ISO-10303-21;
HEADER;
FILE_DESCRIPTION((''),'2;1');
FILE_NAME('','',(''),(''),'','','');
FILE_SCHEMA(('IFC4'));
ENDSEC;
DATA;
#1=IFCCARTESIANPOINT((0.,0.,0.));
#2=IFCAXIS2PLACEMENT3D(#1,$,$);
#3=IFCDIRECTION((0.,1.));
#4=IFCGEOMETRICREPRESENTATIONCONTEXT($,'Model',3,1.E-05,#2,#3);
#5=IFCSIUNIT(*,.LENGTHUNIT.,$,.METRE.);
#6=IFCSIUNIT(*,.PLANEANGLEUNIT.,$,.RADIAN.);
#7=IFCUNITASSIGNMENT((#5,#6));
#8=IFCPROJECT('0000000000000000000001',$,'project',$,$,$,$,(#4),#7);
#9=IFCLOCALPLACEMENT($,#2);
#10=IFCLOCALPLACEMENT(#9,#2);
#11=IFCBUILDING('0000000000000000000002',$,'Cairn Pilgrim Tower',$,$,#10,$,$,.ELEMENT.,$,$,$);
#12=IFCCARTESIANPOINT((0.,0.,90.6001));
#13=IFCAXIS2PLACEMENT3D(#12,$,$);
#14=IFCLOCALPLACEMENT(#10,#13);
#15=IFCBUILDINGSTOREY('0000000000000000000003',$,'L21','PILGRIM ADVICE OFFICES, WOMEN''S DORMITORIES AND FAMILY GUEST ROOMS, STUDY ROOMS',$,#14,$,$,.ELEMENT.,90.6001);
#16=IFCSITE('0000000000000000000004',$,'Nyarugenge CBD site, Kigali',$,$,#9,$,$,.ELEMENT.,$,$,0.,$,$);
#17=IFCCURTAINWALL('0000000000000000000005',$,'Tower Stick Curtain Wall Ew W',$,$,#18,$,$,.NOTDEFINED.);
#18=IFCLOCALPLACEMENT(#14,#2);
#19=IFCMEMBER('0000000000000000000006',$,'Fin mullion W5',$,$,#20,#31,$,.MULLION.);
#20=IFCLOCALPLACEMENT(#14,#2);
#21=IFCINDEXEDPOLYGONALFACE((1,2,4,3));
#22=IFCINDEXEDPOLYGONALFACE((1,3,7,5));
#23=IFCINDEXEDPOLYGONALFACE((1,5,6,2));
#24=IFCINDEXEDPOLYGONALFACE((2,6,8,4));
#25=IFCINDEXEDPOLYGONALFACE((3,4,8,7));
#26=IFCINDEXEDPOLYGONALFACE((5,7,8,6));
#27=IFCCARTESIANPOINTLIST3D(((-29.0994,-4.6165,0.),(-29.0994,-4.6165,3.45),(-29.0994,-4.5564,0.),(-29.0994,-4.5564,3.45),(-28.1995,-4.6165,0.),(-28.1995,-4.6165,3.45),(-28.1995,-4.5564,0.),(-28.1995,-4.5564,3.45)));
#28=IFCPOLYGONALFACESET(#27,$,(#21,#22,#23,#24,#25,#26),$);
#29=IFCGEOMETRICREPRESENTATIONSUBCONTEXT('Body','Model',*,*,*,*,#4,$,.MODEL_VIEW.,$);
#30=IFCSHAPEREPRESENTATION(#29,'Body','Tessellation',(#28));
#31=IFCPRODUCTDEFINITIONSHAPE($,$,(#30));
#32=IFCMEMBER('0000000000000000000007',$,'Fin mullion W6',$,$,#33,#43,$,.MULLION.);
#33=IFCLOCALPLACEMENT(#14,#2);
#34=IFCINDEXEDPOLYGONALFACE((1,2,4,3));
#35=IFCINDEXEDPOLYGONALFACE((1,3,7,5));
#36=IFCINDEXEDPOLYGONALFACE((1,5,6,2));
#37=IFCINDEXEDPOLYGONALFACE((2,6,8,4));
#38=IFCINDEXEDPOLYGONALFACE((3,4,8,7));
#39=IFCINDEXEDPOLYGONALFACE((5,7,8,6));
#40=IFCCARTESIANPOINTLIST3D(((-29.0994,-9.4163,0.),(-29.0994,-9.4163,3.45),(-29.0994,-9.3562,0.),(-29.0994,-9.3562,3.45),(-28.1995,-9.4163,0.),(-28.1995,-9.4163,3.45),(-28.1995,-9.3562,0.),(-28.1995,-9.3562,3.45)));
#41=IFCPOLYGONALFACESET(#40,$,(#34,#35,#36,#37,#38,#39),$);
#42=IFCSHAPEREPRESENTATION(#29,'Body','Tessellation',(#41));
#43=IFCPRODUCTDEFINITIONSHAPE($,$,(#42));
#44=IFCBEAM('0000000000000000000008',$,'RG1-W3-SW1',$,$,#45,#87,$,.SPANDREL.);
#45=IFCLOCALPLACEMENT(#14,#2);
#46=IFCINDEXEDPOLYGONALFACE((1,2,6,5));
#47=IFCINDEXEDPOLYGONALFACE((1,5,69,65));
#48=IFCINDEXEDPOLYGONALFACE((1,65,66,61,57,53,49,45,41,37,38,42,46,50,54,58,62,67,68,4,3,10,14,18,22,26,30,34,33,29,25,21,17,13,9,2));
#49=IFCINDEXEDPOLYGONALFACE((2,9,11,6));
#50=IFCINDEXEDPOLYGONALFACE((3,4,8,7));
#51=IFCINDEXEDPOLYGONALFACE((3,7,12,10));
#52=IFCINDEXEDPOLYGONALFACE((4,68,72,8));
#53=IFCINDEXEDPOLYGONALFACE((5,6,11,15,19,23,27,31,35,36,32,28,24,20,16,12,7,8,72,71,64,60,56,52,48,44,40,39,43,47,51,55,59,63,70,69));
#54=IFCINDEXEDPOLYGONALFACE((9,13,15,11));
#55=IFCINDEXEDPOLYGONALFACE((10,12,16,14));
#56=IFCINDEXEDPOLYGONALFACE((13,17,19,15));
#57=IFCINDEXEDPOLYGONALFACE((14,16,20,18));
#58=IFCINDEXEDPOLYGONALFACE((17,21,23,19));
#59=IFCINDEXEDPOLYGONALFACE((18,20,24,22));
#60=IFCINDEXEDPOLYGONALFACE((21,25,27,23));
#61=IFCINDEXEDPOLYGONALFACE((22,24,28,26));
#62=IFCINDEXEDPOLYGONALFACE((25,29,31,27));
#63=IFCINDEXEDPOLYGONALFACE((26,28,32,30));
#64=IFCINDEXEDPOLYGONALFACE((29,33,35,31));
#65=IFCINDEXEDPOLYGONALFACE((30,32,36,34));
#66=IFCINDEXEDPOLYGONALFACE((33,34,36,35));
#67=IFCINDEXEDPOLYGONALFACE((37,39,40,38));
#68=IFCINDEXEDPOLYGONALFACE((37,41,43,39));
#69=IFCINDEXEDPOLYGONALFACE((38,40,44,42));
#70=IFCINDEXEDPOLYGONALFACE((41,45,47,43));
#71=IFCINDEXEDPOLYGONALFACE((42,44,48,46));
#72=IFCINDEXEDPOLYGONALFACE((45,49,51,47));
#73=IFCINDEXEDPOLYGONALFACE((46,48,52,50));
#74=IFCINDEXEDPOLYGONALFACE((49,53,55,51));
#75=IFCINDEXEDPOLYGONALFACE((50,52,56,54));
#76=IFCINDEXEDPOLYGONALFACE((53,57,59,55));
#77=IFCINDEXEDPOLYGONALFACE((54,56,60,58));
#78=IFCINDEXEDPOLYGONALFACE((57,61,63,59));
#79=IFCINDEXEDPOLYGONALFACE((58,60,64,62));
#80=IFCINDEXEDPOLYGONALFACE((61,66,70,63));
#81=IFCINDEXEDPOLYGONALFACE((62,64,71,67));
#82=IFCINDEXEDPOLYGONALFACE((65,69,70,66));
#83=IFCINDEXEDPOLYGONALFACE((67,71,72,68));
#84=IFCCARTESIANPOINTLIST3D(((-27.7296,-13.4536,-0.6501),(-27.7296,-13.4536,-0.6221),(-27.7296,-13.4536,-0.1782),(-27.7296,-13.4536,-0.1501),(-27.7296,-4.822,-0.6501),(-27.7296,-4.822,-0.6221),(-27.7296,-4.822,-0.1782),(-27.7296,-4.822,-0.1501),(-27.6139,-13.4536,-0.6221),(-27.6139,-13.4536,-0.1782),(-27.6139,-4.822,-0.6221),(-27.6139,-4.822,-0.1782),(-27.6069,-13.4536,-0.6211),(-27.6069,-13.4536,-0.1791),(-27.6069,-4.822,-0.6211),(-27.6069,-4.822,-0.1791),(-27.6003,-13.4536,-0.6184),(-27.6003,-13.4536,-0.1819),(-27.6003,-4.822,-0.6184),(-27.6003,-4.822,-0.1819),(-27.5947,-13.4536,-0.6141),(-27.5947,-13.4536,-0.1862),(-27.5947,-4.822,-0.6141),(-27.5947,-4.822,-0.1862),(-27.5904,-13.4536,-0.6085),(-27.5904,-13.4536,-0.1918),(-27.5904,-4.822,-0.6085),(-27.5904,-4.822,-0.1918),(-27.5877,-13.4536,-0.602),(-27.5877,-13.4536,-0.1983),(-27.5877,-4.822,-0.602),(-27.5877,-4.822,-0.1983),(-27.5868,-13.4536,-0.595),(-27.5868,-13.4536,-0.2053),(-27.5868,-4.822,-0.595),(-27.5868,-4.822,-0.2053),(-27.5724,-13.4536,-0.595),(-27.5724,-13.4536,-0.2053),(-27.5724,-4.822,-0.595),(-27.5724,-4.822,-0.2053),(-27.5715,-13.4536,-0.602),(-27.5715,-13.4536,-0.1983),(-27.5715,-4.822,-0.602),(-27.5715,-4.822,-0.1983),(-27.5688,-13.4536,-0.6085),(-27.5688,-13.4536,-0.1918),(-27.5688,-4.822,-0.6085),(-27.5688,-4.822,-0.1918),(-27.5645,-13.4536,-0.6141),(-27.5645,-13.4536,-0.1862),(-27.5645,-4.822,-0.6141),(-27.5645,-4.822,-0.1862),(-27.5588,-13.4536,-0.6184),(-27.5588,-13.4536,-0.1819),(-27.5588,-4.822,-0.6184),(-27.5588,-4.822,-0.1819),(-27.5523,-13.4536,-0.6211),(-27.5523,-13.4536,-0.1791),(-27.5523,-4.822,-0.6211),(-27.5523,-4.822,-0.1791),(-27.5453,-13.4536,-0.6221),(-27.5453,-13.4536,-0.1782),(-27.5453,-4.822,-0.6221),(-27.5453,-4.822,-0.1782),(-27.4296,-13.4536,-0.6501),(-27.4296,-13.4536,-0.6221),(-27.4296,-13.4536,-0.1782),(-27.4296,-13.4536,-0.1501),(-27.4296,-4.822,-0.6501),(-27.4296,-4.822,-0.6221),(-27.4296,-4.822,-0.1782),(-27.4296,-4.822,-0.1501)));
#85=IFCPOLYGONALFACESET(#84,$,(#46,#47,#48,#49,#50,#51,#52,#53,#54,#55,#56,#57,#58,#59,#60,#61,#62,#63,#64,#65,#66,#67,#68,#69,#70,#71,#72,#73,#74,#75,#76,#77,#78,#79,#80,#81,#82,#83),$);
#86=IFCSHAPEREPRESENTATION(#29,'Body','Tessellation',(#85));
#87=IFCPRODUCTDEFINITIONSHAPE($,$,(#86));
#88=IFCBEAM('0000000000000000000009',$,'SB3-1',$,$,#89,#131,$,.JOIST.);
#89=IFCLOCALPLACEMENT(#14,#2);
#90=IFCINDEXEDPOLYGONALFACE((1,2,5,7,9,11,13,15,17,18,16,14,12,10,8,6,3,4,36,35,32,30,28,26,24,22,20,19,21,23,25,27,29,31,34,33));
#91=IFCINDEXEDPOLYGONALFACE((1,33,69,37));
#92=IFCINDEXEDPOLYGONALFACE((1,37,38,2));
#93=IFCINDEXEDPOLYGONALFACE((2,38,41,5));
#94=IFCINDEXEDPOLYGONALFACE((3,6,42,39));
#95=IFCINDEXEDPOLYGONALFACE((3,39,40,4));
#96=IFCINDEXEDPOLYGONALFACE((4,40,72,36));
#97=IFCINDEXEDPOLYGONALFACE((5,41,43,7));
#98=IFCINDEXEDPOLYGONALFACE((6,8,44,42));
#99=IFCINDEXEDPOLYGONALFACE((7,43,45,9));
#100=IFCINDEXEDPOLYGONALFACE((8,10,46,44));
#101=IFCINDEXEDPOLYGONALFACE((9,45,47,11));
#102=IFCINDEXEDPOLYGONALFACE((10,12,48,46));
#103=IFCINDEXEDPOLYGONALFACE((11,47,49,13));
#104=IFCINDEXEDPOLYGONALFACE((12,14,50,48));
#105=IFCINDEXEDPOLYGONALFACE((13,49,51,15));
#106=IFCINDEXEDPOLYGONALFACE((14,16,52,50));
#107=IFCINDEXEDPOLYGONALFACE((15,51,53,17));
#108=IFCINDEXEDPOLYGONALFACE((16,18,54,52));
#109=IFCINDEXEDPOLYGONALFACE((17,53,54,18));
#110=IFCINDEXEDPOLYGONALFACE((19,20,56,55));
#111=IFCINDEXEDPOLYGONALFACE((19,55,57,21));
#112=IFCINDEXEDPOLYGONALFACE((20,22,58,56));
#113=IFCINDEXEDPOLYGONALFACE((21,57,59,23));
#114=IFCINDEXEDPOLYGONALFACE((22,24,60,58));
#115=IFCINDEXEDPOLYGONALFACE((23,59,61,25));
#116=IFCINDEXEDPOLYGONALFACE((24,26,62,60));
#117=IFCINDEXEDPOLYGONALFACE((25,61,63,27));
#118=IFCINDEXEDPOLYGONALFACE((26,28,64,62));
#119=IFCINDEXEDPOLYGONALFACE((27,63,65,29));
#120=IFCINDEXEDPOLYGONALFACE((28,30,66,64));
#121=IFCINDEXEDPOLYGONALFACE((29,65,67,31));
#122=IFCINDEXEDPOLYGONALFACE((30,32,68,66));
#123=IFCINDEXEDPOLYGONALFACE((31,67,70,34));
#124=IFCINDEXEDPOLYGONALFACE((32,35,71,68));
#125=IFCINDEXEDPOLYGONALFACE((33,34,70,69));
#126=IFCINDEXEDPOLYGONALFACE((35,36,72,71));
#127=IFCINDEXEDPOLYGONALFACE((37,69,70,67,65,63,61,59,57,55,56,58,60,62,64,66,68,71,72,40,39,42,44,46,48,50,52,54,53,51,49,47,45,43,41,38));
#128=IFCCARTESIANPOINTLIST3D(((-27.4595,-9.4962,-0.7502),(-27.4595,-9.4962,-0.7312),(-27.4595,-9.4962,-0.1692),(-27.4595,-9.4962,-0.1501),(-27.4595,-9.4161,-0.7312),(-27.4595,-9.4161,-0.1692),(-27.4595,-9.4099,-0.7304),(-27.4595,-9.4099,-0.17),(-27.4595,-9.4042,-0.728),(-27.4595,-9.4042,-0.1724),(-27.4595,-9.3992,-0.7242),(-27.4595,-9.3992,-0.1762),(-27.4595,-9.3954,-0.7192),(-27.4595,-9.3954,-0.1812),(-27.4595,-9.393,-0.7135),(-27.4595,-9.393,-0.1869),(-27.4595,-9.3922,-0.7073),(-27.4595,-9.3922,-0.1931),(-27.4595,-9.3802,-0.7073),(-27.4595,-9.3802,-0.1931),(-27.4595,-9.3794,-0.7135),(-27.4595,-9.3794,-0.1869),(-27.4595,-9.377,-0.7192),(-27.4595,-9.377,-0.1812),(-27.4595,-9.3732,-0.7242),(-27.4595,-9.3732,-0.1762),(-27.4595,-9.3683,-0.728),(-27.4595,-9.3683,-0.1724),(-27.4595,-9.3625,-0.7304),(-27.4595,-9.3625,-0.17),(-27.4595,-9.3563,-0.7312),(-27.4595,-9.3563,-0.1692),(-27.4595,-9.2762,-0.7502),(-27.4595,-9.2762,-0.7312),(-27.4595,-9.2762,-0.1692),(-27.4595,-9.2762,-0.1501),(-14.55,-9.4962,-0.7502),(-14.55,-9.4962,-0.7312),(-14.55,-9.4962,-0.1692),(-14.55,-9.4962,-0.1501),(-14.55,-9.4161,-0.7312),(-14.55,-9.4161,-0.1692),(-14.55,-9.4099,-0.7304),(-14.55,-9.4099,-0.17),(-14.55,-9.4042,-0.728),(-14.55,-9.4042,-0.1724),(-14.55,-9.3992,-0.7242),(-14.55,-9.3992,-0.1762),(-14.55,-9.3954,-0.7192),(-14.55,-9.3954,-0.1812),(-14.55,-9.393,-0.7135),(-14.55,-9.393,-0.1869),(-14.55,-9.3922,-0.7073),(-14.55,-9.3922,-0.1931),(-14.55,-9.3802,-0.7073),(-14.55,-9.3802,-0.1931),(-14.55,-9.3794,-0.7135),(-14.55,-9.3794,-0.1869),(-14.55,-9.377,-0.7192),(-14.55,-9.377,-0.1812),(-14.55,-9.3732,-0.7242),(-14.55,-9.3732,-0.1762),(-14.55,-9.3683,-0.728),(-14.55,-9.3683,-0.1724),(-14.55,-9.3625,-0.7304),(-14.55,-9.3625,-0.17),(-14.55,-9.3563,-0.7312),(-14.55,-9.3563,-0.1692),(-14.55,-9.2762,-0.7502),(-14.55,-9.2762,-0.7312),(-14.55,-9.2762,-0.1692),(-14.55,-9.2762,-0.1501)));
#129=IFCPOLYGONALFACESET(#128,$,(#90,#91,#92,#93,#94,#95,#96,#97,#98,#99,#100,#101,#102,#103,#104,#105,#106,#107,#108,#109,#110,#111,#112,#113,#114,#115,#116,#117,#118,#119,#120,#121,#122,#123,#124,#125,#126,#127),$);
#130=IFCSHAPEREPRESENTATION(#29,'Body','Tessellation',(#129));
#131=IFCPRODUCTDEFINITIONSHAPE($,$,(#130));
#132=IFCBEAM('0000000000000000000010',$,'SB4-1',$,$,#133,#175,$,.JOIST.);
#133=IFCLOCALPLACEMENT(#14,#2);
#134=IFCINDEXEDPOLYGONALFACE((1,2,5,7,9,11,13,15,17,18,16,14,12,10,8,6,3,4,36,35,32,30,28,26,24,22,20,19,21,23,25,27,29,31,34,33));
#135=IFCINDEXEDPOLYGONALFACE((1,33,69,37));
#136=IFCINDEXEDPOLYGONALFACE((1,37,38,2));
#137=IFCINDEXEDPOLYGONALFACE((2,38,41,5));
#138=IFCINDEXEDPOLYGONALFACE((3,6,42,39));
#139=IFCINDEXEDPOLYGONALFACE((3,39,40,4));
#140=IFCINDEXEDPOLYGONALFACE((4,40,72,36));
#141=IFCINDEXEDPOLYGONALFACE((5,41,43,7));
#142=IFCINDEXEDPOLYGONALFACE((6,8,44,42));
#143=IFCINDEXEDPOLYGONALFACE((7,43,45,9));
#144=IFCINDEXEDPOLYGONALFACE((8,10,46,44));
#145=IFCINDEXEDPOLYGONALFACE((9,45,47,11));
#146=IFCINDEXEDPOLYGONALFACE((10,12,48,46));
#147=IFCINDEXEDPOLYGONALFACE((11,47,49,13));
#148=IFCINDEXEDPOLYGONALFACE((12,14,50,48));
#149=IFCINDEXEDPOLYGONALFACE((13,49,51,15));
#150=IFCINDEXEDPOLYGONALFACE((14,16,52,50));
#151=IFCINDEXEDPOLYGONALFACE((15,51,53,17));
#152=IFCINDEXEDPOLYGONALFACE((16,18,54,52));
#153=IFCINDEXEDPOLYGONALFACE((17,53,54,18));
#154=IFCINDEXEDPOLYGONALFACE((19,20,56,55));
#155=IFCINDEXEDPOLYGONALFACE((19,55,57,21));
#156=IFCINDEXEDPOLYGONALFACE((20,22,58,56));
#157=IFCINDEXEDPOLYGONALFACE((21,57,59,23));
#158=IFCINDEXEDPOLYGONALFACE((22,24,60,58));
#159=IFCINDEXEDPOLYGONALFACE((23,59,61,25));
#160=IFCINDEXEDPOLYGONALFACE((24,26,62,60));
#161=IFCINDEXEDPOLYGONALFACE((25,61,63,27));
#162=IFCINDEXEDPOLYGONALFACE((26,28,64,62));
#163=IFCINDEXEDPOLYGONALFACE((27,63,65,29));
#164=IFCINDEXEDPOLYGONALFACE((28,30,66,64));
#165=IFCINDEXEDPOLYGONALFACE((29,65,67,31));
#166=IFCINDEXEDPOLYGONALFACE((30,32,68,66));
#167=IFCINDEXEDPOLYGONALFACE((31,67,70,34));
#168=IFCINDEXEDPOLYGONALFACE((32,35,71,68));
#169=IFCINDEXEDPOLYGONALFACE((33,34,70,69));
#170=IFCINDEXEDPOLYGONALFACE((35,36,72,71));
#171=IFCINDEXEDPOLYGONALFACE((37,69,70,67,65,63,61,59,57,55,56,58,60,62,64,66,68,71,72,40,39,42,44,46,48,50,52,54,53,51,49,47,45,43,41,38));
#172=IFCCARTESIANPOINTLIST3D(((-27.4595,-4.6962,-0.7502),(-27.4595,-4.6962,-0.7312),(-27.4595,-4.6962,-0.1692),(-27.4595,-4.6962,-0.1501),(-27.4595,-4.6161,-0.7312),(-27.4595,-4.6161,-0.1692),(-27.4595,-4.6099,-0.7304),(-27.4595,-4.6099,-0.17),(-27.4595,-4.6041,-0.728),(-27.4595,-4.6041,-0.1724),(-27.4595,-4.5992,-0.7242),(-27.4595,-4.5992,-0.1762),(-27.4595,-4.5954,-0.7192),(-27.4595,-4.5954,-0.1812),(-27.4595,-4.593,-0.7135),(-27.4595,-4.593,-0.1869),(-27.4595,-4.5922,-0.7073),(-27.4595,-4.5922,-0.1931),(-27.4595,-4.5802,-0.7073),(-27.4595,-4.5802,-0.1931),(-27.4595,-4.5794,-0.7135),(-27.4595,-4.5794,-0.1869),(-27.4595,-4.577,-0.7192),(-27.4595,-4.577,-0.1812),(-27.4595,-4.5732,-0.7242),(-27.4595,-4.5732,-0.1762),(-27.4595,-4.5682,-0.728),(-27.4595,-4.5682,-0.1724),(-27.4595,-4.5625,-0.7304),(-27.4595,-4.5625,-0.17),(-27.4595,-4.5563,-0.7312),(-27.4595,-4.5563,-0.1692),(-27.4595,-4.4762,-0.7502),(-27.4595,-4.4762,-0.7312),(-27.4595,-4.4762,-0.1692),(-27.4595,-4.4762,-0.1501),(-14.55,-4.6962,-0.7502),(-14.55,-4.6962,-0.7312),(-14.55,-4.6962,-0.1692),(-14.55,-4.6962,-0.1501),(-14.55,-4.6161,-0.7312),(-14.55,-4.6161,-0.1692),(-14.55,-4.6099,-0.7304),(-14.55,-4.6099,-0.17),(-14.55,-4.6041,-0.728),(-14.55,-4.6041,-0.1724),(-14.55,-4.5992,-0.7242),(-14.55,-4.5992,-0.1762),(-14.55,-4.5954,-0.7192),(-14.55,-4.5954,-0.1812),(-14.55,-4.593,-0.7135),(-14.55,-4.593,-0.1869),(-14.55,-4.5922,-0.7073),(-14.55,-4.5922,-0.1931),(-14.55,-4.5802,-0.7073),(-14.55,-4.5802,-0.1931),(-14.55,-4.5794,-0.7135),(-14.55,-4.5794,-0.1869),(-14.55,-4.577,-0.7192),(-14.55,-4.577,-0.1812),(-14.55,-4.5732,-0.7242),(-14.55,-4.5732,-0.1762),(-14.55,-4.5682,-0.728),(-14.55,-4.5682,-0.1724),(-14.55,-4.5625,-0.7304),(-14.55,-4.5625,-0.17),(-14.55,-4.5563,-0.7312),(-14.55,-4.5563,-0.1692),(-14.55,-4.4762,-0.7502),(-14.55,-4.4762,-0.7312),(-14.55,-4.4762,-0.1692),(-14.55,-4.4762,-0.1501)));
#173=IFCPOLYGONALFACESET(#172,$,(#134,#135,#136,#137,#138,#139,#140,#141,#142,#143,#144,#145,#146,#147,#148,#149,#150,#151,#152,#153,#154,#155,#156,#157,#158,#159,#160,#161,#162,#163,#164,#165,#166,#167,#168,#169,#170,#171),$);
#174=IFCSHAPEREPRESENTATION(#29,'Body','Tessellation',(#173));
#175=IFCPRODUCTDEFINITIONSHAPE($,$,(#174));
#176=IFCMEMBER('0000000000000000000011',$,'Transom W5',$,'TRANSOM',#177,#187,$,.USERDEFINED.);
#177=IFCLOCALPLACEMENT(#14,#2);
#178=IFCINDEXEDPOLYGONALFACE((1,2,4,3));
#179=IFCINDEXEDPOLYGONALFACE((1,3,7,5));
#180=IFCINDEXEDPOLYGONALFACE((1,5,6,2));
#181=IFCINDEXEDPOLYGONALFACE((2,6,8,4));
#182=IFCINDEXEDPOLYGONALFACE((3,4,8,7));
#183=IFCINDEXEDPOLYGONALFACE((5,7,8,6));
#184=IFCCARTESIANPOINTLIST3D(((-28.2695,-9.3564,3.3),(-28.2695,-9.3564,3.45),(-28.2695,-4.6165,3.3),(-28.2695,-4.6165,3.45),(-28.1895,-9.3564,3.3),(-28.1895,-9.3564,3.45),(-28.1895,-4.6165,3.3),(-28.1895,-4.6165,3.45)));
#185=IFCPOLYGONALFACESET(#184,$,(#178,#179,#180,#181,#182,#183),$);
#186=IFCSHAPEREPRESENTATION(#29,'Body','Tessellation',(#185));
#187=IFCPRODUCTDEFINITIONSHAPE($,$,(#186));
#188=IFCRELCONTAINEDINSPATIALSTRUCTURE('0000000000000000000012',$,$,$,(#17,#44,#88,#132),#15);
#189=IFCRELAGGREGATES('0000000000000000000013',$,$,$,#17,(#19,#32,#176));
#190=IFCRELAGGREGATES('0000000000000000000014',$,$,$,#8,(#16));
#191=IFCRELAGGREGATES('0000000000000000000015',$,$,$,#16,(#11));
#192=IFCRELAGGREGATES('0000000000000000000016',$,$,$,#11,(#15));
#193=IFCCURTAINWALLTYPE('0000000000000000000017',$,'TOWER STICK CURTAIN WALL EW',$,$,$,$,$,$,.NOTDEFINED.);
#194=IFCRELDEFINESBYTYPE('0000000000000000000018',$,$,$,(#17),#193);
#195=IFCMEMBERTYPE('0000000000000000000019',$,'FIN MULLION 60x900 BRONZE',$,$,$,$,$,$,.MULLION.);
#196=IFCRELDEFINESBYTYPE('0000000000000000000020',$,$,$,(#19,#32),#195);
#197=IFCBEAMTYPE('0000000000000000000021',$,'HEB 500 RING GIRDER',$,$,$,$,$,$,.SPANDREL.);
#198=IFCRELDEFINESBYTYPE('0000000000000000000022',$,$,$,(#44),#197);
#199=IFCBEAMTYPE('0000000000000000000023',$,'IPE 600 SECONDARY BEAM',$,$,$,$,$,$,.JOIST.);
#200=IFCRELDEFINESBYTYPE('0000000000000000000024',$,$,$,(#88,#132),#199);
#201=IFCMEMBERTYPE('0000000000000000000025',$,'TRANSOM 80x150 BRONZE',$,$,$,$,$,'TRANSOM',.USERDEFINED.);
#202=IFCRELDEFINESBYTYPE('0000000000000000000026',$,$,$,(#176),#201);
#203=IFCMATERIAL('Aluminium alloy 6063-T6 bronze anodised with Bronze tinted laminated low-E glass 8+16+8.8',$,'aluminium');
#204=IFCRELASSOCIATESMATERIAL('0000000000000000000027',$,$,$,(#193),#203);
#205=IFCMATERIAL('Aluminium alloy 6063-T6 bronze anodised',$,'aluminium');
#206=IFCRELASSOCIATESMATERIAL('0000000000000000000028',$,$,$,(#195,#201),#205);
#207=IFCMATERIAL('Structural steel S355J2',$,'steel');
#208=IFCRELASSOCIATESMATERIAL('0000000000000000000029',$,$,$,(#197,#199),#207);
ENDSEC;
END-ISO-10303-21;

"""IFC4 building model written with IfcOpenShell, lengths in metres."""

from ifc_helpers import new_model, si_unit, direction, frame, origin, origin_2d, place, context, subcontext, project, spatial, rectangle, i_section, extrude, material, material_profile, profile_set, type_object, element, aggregate, save


model = new_model("IFC4")

# Units and contexts
model_context = context("Model", 3, precision=1e-05, world=origin(), true_north=direction((0.0, 1.0)))
body_context = subcontext(model_context, "Body", "Model", "MODEL_VIEW")
ifc_project = project(units=[si_unit("LENGTHUNIT", "METRE"), si_unit("PLANEANGLEUNIT", "RADIAN")], contexts=[model_context])

# Site, building, storey
site_placement = place(None, origin())
site = spatial("IfcSite", under=ifc_project, at=site_placement, Name="Nyarugenge CBD site, Kigali", CompositionType="ELEMENT", RefElevation=0.0)
building_placement = place(site_placement, origin())
building = spatial("IfcBuilding", under=site, at=building_placement, Name="Cairn Pilgrim Tower", CompositionType="ELEMENT")
storey_placement = place(building_placement, frame((0.0, 0.0, 90.6001)))
storey = spatial("IfcBuildingStorey", under=building, at=storey_placement, Name="L21", Description="PILGRIM ADVICE OFFICES, WOMEN'S DORMITORIES AND FAMILY GUEST ROOMS, STUDY ROOMS", CompositionType="ELEMENT", Elevation=90.6001)

# Curtain wall, members
ifc_material_1 = material(Name="Aluminium alloy 6063-T6 bronze anodised with Bronze tinted laminated low-E glass 8+16+8.8", Category="aluminium")
curtain_wall_type = type_object("IfcCurtainWallType", Name="TOWER STICK CURTAIN WALL EW", PredefinedType="NOTDEFINED", material=ifc_material_1)
curtain_wall_placement = place(storey_placement, origin())
curtain_wall = element("IfcCurtainWall", 1, at=curtain_wall_placement, inside=storey, type_object=curtain_wall_type, Name="Tower Stick Curtain Wall Ew W", PredefinedType="NOTDEFINED")
ifc_material_2 = material(Name="Aluminium alloy 6063-T6 bronze anodised", Category="aluminium")
ifc_material_profile_1 = material_profile(ifc_material_2, rectangle(XDim=0.8999, YDim=0.0601, at=origin_2d()), Name="FIN MULLION 60x900 BRONZE")
ifc_profile_set_1 = profile_set([ifc_material_profile_1], Name="Aluminium alloy 6063-T6 bronze anodised")
member_type_1 = type_object("IfcMemberType", Name="FIN MULLION 60x900 BRONZE", PredefinedType="MULLION", material=ifc_profile_set_1)
member_1_placement = place(storey_placement, frame((-28.6494, -4.5864, 0.0), z_axis=(0.0, 0.0, 1.0), x_axis=(-1.0, 0.0, 0.0)))
member_1 = element("IfcMember", 2, at=member_1_placement, type_object=member_type_1, Name="Fin mullion W5", PredefinedType="MULLION", context=body_context, shape_type="SweptSolid", body=[
    extrude(rectangle(XDim=0.8999, YDim=0.0601, at=origin_2d()), origin(), (0.0, 0.0, 1.0), 3.45),
])
member_2_placement = place(storey_placement, frame((-28.6494, -9.3862, 0.0), z_axis=(0.0, 0.0, 1.0), x_axis=(-1.0, 0.0, 0.0)))
member_2 = element("IfcMember", 3, at=member_2_placement, type_object=member_type_1, Name="Fin mullion W6", PredefinedType="MULLION", context=body_context, shape_type="SweptSolid", body=[
    extrude(rectangle(XDim=0.8999, YDim=0.0601, at=origin_2d()), origin(), (0.0, 0.0, 1.0), 3.45),
])

# Beams
ifc_material_3 = material(Name="Structural steel S355J2", Category="steel")
ifc_material_profile_2 = material_profile(ifc_material_3, i_section(OverallWidth=0.3, OverallDepth=0.5, WebThickness=0.0144, FlangeThickness=0.0281, FilletRadius=0.0271, at=origin_2d()), Name="HEB 500")
ifc_profile_set_2 = profile_set([ifc_material_profile_2], Name="Structural steel S355J2")
beam_type_1 = type_object("IfcBeamType", Name="HEB 500 RING GIRDER", PredefinedType="SPANDREL", material=ifc_profile_set_2)
beam_placement = place(storey_placement, frame((-27.5796, -4.822, -0.4001), z_axis=(0.0, -1.0, 0.0), x_axis=(1.0, 0.0, 0.0)))
element("IfcBeam", 4, at=beam_placement, inside=storey, type_object=beam_type_1, Name="RG1-W3-SW1", PredefinedType="SPANDREL", context=body_context, shape_type="SweptSolid", body=[
    extrude(i_section(OverallWidth=0.3, OverallDepth=0.5, WebThickness=0.0144, FlangeThickness=0.0281, FilletRadius=0.0271, at=origin_2d()), origin(), (0.0, 0.0, 1.0), 8.6316),
])
ifc_material_profile_3 = material_profile(ifc_material_3, i_section(OverallWidth=0.22, OverallDepth=0.6001, WebThickness=0.012, FlangeThickness=0.019, FilletRadius=0.0239, at=origin_2d()), Name="IPE 600")
ifc_profile_set_3 = profile_set([ifc_material_profile_3], Name="Structural steel S355J2")
beam_type_2 = type_object("IfcBeamType", Name="IPE 600 SECONDARY BEAM", PredefinedType="JOIST", material=ifc_profile_set_3)
for number, where, z_axis, x_axis, name in (
    (5, (-27.4595, -9.3862, -0.4502), (1.0, 0.0, 0.0), (0.0, 1.0, 0.0), "SB3-1"),
    (6, (-27.4595, -4.5862, -0.4502), (1.0, 0.0, 0.0), (0.0, 1.0, 0.0), "SB4-1"),
):
    element("IfcBeam", number, at=place(storey_placement, frame(where, z_axis=z_axis, x_axis=x_axis)), inside=storey, type_object=beam_type_2, Name=name, PredefinedType="JOIST", context=body_context, shape_type="SweptSolid", body=[
        extrude(i_section(OverallWidth=0.22, OverallDepth=0.6001, WebThickness=0.012, FlangeThickness=0.019, FilletRadius=0.0239, at=origin_2d()), origin(), (0.0, 0.0, 1.0), 12.9094),
    ])

# Member
ifc_material_profile_4 = material_profile(ifc_material_2, rectangle(XDim=0.0801, YDim=0.1499, at=origin_2d()), Name="TRANSOM 80x150 BRONZE")
ifc_profile_set_4 = profile_set([ifc_material_profile_4], Name="Aluminium alloy 6063-T6 bronze anodised")
member_type_2 = type_object("IfcMemberType", Name="TRANSOM 80x150 BRONZE", ElementType="TRANSOM", PredefinedType="USERDEFINED", material=ifc_profile_set_4)
member_3_placement = place(storey_placement, frame((-28.2295, -4.6165, 3.375), z_axis=(0.0, -1.0, 0.0), x_axis=(1.0, 0.0, 0.0)))
member_3 = element("IfcMember", 7, at=member_3_placement, type_object=member_type_2, Name="Transom W5", ObjectType="TRANSOM", PredefinedType="USERDEFINED", context=body_context, shape_type="SweptSolid", body=[
    extrude(rectangle(XDim=0.0801, YDim=0.1499, at=origin_2d()), origin(), (0.0, 0.0, 1.0), 4.74),
])

aggregate(curtain_wall, [member_1, member_2, member_3])

save(model, "model.ifc")
